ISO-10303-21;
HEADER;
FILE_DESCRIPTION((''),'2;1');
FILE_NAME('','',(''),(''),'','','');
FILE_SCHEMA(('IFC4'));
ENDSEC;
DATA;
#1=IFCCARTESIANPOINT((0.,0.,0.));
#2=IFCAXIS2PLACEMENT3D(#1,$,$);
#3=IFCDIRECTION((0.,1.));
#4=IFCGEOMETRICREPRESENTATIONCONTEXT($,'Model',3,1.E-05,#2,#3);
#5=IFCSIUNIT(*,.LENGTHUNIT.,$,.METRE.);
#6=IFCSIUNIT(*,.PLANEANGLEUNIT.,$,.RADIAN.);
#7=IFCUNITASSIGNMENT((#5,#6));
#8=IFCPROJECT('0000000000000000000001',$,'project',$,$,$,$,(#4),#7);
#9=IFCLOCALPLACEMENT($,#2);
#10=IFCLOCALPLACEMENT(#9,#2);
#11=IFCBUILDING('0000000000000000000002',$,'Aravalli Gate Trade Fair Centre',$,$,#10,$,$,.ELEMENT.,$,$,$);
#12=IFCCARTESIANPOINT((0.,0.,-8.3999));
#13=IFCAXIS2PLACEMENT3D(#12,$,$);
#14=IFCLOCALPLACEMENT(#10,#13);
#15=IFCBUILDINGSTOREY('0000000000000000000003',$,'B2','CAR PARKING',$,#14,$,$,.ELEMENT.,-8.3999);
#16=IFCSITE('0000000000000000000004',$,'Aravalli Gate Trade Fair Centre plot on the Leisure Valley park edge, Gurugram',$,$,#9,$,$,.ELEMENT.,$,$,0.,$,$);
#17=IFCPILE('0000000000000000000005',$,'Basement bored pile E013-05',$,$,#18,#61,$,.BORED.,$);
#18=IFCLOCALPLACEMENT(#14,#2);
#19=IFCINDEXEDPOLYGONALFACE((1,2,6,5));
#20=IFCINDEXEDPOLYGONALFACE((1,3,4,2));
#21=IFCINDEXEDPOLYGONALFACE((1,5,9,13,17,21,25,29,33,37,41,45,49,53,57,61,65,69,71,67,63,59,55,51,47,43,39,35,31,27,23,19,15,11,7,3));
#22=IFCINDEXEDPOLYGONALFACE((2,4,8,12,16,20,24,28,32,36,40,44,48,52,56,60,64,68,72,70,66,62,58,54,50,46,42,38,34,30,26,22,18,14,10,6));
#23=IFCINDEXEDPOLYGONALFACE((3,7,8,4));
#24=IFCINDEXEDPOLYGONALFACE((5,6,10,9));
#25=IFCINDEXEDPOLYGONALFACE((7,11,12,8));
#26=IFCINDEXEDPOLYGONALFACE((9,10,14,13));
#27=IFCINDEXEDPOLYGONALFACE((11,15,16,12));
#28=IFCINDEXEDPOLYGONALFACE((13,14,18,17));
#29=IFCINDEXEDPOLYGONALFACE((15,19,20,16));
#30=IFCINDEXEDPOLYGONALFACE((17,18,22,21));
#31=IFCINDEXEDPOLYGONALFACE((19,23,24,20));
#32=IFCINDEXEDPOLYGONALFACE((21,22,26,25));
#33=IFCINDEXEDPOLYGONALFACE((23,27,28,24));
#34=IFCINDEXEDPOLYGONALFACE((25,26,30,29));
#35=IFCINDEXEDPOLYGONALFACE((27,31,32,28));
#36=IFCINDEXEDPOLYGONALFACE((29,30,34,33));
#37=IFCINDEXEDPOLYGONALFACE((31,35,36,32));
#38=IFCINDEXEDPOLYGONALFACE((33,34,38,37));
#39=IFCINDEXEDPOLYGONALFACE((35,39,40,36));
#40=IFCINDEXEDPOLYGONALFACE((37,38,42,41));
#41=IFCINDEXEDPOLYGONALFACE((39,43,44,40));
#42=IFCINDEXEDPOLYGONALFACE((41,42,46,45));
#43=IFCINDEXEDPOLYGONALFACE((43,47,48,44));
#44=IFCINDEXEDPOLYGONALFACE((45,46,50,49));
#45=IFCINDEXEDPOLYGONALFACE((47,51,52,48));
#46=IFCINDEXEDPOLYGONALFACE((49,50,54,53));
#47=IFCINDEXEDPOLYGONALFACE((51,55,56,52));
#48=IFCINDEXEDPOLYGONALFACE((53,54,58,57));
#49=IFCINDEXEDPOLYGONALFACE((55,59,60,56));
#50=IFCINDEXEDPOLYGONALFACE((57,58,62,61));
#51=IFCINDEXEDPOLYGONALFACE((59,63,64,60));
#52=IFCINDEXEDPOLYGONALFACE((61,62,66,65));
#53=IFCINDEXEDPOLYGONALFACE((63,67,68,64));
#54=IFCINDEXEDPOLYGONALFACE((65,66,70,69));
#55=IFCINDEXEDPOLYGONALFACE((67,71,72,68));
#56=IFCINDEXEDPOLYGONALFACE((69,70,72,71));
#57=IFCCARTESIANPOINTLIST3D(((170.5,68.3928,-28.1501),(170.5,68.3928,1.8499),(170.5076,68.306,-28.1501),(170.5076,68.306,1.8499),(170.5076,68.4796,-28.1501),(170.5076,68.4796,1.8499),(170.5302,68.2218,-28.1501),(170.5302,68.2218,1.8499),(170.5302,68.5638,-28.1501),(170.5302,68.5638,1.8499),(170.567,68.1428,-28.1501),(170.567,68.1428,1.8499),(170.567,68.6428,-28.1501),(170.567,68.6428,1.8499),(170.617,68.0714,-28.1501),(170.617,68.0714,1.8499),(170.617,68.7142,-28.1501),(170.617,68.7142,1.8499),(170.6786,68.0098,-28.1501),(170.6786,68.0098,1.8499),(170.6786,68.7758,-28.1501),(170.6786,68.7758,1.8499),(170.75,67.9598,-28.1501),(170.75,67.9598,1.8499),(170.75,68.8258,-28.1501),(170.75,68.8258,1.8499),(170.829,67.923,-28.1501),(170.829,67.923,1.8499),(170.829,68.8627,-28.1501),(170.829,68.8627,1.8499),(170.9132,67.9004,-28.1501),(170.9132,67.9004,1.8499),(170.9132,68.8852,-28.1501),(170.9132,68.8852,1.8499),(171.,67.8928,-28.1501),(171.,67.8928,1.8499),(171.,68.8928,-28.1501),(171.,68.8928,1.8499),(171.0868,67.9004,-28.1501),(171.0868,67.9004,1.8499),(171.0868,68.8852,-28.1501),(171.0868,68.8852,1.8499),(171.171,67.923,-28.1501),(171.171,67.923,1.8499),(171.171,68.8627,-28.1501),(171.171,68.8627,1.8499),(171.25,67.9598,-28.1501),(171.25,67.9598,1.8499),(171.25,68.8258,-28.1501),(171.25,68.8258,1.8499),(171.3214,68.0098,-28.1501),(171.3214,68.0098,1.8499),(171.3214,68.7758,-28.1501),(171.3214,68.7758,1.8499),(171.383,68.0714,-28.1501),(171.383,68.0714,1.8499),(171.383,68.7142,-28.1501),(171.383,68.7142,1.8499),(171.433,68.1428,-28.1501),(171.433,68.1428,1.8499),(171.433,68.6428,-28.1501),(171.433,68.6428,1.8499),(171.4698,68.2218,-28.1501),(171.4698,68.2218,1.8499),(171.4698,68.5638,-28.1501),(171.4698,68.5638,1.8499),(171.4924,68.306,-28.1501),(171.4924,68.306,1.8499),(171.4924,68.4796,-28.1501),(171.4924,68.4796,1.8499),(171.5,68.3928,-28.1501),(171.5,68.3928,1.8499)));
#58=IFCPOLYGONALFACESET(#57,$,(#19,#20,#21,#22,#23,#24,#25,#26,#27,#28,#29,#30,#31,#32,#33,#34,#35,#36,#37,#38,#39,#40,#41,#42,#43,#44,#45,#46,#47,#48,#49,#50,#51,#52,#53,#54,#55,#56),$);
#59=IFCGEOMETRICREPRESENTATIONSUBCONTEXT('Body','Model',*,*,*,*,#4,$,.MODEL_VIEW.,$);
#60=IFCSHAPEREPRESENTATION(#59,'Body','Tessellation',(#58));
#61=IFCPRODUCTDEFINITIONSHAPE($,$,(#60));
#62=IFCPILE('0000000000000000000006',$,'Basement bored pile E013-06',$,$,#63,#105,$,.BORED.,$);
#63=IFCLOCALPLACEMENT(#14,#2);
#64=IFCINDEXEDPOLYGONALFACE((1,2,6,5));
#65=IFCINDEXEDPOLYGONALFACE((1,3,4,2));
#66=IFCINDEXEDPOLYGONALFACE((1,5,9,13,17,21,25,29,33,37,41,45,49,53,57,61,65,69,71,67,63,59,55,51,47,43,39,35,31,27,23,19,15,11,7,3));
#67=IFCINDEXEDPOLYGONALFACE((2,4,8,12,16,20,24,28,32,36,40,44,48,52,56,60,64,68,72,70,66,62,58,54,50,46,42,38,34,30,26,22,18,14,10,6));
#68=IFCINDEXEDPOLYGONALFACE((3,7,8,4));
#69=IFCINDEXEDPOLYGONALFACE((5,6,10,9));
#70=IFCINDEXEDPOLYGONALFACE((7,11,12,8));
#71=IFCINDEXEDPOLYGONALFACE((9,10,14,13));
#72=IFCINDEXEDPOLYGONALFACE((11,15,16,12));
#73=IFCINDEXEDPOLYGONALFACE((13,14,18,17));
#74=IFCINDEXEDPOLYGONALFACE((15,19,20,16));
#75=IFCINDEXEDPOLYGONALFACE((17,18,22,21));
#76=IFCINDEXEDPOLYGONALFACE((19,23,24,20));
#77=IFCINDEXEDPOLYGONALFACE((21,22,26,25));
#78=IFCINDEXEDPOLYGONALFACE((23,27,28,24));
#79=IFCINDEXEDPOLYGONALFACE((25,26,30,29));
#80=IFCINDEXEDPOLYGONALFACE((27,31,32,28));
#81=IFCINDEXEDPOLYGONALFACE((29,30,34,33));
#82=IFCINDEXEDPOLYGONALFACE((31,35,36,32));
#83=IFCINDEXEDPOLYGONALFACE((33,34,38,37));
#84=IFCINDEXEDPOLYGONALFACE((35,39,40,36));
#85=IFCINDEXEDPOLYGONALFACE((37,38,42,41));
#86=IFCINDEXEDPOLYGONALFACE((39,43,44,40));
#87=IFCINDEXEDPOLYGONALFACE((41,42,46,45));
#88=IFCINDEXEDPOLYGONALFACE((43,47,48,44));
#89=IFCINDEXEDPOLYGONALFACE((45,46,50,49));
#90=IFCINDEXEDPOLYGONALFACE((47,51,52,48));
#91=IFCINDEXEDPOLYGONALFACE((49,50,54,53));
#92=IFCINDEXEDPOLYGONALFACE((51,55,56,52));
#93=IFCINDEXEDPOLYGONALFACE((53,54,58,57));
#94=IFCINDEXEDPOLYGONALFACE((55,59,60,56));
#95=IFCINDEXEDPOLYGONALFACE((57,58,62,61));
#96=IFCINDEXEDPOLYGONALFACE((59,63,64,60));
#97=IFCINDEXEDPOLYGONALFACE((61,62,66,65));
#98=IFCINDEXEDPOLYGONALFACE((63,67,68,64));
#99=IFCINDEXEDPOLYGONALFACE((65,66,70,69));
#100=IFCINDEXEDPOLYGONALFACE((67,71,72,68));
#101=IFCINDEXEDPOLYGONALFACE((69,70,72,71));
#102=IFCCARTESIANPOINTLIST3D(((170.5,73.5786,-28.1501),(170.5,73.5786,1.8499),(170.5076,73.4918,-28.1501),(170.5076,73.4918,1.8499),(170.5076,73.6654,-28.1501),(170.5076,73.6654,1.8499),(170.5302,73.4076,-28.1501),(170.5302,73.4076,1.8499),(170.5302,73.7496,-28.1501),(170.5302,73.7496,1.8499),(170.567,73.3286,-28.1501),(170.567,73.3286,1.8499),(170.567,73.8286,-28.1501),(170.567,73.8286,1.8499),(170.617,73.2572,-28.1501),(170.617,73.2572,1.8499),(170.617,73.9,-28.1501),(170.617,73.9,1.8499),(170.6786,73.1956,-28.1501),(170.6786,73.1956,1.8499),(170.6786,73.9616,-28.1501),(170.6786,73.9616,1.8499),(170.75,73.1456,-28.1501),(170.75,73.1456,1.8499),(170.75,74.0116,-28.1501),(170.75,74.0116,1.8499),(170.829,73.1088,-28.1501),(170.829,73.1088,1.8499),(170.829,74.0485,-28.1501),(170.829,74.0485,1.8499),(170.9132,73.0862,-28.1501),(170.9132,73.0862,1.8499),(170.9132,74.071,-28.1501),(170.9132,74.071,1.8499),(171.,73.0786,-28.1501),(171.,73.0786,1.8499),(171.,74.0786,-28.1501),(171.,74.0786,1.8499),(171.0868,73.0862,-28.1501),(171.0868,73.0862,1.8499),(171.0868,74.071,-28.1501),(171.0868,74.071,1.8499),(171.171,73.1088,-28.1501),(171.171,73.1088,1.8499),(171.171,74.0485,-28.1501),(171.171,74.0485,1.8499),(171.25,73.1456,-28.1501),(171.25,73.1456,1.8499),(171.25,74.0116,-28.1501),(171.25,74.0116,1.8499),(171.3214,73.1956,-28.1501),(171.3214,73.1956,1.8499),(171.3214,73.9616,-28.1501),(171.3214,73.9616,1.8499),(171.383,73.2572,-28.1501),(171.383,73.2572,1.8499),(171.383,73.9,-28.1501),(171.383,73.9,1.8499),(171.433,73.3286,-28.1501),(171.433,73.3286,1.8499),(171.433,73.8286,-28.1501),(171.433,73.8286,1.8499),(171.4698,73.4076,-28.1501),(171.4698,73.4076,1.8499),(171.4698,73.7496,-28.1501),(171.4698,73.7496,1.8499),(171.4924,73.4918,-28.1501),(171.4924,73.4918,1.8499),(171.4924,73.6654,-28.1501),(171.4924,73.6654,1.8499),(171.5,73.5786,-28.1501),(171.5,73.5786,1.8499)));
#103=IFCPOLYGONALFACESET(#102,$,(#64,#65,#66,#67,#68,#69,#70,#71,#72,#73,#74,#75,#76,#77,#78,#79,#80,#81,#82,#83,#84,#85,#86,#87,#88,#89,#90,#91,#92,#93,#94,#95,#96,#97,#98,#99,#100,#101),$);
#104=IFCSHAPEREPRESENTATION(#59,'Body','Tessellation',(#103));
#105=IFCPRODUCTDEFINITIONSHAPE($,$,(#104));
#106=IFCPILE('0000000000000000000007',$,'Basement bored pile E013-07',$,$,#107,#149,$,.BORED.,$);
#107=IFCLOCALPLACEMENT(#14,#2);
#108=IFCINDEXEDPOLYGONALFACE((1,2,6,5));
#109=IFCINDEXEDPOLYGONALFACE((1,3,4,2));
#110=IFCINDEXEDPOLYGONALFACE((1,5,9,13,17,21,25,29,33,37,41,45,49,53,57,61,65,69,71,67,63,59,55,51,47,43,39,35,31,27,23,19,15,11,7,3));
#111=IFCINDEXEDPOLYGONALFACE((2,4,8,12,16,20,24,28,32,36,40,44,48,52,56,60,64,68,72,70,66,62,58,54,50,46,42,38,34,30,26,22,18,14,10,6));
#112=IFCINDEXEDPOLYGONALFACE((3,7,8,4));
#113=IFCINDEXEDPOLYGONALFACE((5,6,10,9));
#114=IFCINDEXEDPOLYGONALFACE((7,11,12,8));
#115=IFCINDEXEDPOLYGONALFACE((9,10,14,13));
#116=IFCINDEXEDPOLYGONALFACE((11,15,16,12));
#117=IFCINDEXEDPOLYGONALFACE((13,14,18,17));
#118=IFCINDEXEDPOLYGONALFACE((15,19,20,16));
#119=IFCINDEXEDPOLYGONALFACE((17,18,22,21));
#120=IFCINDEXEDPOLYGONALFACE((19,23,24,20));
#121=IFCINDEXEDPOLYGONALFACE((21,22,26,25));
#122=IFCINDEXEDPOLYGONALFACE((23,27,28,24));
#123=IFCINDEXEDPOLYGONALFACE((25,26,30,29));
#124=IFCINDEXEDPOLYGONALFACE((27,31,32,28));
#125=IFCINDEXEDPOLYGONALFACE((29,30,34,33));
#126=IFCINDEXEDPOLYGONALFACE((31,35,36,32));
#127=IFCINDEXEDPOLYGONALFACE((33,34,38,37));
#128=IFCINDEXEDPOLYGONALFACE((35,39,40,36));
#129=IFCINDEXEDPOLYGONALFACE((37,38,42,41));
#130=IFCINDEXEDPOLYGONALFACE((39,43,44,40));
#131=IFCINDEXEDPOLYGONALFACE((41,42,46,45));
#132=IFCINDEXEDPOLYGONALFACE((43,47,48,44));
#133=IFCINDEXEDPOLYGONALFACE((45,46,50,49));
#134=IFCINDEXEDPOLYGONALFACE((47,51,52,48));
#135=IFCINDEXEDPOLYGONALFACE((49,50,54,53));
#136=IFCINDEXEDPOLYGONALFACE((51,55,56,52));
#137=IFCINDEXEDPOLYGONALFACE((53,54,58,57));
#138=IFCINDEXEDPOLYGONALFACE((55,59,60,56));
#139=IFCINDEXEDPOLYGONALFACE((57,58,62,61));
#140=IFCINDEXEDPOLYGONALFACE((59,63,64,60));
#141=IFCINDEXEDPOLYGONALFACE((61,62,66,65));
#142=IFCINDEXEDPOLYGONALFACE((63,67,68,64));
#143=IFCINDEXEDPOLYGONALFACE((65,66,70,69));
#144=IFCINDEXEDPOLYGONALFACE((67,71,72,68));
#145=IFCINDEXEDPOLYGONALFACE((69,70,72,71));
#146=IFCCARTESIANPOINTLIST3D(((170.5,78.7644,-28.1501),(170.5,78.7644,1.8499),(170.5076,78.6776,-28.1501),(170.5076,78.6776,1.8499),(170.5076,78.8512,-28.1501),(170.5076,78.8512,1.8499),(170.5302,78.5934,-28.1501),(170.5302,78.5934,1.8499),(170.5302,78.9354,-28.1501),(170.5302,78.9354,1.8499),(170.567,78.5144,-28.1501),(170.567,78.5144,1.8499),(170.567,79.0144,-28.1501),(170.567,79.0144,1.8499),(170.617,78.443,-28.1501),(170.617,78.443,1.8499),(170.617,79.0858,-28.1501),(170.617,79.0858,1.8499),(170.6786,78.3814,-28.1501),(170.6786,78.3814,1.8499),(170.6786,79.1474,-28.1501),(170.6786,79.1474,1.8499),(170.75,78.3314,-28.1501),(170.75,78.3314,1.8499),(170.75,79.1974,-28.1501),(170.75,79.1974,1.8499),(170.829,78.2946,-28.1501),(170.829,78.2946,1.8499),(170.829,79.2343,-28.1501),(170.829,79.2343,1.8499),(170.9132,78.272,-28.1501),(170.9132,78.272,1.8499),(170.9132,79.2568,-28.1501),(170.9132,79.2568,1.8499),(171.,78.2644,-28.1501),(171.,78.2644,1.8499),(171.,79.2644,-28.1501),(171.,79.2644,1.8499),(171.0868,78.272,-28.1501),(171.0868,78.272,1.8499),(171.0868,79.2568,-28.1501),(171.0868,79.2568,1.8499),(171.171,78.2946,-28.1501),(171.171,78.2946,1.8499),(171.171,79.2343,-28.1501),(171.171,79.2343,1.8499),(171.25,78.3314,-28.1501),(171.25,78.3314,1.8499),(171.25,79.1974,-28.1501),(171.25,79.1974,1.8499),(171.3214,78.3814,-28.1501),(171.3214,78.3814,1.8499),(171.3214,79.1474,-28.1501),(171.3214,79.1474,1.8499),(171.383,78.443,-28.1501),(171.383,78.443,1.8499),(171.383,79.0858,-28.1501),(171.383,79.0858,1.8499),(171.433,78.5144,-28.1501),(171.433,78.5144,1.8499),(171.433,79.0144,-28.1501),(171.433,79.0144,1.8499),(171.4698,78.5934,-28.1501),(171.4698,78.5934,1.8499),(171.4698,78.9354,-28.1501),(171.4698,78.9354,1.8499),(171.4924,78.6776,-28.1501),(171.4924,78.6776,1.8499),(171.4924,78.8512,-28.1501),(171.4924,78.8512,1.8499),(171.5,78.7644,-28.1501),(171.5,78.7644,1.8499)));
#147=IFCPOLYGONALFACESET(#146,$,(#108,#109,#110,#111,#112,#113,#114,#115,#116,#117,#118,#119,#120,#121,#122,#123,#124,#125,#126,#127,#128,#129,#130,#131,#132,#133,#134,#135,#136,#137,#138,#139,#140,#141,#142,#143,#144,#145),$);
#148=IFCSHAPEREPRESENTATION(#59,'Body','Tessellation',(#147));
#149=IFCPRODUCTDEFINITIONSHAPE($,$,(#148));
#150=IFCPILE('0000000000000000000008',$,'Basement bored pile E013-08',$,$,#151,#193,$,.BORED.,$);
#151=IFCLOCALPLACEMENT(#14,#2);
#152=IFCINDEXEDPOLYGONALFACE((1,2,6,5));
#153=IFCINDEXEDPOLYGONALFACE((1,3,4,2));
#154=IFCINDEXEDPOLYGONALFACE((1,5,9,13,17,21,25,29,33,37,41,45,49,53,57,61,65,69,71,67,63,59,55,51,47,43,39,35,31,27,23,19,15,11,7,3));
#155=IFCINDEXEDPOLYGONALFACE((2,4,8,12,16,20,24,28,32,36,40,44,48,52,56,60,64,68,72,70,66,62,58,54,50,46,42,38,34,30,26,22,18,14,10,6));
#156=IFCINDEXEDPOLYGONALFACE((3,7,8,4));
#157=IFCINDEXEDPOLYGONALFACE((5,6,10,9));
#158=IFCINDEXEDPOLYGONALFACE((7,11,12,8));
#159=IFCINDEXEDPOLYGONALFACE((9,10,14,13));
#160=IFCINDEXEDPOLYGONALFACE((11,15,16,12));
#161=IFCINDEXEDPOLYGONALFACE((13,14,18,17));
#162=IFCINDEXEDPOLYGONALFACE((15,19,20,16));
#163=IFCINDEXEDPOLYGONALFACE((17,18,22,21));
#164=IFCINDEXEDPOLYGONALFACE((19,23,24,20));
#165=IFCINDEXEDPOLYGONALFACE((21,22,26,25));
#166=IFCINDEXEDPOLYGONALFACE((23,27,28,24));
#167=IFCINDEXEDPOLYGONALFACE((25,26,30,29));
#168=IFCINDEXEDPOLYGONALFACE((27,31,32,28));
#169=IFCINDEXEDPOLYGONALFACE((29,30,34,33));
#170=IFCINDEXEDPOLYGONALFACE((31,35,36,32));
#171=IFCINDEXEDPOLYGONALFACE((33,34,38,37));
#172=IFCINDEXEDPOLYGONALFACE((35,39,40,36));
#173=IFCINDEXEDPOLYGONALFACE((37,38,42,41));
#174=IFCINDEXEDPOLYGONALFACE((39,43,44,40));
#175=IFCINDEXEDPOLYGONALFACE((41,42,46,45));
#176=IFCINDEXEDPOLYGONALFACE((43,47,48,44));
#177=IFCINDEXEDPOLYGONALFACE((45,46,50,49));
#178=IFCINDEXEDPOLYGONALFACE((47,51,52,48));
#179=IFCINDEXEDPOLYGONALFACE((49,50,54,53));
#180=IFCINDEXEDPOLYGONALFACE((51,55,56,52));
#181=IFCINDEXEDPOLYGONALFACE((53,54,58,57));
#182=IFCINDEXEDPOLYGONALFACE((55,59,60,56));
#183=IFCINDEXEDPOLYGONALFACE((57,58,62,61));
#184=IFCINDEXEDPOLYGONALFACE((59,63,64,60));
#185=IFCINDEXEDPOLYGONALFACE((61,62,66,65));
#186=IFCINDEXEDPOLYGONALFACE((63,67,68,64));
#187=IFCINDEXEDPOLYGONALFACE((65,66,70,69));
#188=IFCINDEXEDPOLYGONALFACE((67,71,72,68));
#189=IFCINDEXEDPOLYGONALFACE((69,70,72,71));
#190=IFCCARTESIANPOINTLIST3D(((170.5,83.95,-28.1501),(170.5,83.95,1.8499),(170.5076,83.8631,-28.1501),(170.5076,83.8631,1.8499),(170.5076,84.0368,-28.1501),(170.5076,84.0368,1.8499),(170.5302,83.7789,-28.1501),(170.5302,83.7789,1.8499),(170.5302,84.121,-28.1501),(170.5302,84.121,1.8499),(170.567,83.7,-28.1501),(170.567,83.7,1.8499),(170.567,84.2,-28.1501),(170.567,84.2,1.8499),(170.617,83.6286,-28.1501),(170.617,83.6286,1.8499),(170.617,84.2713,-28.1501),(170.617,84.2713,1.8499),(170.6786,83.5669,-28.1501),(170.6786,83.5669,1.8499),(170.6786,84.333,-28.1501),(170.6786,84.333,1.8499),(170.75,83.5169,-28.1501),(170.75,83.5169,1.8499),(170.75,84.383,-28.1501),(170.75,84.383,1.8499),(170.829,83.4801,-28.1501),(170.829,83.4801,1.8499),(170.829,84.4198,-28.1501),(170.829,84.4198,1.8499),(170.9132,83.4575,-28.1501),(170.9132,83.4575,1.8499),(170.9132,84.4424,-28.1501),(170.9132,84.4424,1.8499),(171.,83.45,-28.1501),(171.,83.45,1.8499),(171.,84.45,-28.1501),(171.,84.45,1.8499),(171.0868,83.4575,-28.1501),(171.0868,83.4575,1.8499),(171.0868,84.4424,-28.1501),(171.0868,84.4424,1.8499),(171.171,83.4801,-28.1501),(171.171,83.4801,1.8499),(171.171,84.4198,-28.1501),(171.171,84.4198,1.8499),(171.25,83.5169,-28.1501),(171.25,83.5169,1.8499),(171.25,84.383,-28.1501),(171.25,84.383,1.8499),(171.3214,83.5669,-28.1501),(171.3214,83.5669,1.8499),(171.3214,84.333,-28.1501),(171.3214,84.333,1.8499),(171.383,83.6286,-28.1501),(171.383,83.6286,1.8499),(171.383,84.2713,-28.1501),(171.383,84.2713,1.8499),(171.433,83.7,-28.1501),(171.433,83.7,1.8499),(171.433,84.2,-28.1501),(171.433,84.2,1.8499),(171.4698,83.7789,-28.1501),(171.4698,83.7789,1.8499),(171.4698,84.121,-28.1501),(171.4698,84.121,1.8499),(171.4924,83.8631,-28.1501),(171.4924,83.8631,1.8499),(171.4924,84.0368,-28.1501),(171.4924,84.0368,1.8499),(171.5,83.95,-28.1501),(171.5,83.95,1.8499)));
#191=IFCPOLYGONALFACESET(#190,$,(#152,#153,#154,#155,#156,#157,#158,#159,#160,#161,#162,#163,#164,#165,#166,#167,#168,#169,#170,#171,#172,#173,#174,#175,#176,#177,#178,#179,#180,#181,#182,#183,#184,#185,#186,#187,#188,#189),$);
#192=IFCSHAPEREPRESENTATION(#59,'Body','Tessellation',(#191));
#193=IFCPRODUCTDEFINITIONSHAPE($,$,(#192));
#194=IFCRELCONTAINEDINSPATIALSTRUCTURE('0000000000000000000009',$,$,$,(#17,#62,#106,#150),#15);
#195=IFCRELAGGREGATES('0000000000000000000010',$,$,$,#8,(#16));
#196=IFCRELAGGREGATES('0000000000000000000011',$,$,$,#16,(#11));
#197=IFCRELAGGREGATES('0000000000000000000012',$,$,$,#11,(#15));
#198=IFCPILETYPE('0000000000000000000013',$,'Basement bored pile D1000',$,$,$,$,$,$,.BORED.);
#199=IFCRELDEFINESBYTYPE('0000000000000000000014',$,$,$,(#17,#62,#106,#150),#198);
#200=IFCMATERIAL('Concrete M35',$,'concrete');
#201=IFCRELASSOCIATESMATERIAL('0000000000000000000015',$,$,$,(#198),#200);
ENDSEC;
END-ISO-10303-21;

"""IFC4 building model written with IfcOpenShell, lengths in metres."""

from ifc_helpers import new_model, si_unit, direction, frame, origin, origin_2d, place, context, subcontext, project, spatial, circle, extrude, material, material_profile, profile_set, type_object, element, save


model = new_model("IFC4")

# Units and contexts
model_context = context("Model", 3, precision=1e-05, world=origin(), true_north=direction((0.0, 1.0)))
body_context = subcontext(model_context, "Body", "Model", "MODEL_VIEW")
ifc_project = project(units=[si_unit("LENGTHUNIT", "METRE"), si_unit("PLANEANGLEUNIT", "RADIAN")], contexts=[model_context])

# Site, building, storey
site_placement = place(None, origin())
site = spatial("IfcSite", under=ifc_project, at=site_placement, Name="Aravalli Gate Trade Fair Centre plot on the Leisure Valley park edge, Gurugram", CompositionType="ELEMENT", RefElevation=0.0)
building_placement = place(site_placement, origin())
building = spatial("IfcBuilding", under=site, at=building_placement, Name="Aravalli Gate Trade Fair Centre", CompositionType="ELEMENT")
storey_placement = place(building_placement, frame((0.0, 0.0, -8.3999)))
storey = spatial("IfcBuildingStorey", under=building, at=storey_placement, Name="B2", Description="CAR PARKING", CompositionType="ELEMENT", Elevation=-8.3999)

# Piles
ifc_material = material(Name="Concrete M35", Category="concrete")
ifc_material_profile = material_profile(ifc_material, circle(Radius=0.5, at=origin_2d()), Name="D1000")
ifc_profile_set = profile_set([ifc_material_profile], Name="Concrete M35")
pile_type = type_object("IfcPileType", Name="Basement bored pile D1000", PredefinedType="BORED", material=ifc_profile_set)
for number, where, z_axis, x_axis, name in (
    (1, (171.0, 68.3928, 1.8499), (0.0, 0.0, -1.0), (1.0, 0.0, 0.0), "Basement bored pile E013-05"),
    (2, (171.0, 73.5786, 1.8499), (0.0, 0.0, -1.0), (1.0, 0.0, 0.0), "Basement bored pile E013-06"),
    (3, (171.0, 78.7644, 1.8499), (0.0, 0.0, -1.0), (1.0, 0.0, 0.0), "Basement bored pile E013-07"),
    (4, (171.0, 83.95, 1.8499), (0.0, 0.0, -1.0), (1.0, 0.0, 0.0), "Basement bored pile E013-08"),
):
    element("IfcPile", number, at=place(storey_placement, frame(where, z_axis=z_axis, x_axis=x_axis)), inside=storey, type_object=pile_type, Name=name, PredefinedType="BORED", context=body_context, shape_type="SweptSolid", body=[
        extrude(circle(Radius=0.5, at=origin_2d()), origin(), (0.0, 0.0, 1.0), 30.0),
    ])

save(model, "model.ifc")
